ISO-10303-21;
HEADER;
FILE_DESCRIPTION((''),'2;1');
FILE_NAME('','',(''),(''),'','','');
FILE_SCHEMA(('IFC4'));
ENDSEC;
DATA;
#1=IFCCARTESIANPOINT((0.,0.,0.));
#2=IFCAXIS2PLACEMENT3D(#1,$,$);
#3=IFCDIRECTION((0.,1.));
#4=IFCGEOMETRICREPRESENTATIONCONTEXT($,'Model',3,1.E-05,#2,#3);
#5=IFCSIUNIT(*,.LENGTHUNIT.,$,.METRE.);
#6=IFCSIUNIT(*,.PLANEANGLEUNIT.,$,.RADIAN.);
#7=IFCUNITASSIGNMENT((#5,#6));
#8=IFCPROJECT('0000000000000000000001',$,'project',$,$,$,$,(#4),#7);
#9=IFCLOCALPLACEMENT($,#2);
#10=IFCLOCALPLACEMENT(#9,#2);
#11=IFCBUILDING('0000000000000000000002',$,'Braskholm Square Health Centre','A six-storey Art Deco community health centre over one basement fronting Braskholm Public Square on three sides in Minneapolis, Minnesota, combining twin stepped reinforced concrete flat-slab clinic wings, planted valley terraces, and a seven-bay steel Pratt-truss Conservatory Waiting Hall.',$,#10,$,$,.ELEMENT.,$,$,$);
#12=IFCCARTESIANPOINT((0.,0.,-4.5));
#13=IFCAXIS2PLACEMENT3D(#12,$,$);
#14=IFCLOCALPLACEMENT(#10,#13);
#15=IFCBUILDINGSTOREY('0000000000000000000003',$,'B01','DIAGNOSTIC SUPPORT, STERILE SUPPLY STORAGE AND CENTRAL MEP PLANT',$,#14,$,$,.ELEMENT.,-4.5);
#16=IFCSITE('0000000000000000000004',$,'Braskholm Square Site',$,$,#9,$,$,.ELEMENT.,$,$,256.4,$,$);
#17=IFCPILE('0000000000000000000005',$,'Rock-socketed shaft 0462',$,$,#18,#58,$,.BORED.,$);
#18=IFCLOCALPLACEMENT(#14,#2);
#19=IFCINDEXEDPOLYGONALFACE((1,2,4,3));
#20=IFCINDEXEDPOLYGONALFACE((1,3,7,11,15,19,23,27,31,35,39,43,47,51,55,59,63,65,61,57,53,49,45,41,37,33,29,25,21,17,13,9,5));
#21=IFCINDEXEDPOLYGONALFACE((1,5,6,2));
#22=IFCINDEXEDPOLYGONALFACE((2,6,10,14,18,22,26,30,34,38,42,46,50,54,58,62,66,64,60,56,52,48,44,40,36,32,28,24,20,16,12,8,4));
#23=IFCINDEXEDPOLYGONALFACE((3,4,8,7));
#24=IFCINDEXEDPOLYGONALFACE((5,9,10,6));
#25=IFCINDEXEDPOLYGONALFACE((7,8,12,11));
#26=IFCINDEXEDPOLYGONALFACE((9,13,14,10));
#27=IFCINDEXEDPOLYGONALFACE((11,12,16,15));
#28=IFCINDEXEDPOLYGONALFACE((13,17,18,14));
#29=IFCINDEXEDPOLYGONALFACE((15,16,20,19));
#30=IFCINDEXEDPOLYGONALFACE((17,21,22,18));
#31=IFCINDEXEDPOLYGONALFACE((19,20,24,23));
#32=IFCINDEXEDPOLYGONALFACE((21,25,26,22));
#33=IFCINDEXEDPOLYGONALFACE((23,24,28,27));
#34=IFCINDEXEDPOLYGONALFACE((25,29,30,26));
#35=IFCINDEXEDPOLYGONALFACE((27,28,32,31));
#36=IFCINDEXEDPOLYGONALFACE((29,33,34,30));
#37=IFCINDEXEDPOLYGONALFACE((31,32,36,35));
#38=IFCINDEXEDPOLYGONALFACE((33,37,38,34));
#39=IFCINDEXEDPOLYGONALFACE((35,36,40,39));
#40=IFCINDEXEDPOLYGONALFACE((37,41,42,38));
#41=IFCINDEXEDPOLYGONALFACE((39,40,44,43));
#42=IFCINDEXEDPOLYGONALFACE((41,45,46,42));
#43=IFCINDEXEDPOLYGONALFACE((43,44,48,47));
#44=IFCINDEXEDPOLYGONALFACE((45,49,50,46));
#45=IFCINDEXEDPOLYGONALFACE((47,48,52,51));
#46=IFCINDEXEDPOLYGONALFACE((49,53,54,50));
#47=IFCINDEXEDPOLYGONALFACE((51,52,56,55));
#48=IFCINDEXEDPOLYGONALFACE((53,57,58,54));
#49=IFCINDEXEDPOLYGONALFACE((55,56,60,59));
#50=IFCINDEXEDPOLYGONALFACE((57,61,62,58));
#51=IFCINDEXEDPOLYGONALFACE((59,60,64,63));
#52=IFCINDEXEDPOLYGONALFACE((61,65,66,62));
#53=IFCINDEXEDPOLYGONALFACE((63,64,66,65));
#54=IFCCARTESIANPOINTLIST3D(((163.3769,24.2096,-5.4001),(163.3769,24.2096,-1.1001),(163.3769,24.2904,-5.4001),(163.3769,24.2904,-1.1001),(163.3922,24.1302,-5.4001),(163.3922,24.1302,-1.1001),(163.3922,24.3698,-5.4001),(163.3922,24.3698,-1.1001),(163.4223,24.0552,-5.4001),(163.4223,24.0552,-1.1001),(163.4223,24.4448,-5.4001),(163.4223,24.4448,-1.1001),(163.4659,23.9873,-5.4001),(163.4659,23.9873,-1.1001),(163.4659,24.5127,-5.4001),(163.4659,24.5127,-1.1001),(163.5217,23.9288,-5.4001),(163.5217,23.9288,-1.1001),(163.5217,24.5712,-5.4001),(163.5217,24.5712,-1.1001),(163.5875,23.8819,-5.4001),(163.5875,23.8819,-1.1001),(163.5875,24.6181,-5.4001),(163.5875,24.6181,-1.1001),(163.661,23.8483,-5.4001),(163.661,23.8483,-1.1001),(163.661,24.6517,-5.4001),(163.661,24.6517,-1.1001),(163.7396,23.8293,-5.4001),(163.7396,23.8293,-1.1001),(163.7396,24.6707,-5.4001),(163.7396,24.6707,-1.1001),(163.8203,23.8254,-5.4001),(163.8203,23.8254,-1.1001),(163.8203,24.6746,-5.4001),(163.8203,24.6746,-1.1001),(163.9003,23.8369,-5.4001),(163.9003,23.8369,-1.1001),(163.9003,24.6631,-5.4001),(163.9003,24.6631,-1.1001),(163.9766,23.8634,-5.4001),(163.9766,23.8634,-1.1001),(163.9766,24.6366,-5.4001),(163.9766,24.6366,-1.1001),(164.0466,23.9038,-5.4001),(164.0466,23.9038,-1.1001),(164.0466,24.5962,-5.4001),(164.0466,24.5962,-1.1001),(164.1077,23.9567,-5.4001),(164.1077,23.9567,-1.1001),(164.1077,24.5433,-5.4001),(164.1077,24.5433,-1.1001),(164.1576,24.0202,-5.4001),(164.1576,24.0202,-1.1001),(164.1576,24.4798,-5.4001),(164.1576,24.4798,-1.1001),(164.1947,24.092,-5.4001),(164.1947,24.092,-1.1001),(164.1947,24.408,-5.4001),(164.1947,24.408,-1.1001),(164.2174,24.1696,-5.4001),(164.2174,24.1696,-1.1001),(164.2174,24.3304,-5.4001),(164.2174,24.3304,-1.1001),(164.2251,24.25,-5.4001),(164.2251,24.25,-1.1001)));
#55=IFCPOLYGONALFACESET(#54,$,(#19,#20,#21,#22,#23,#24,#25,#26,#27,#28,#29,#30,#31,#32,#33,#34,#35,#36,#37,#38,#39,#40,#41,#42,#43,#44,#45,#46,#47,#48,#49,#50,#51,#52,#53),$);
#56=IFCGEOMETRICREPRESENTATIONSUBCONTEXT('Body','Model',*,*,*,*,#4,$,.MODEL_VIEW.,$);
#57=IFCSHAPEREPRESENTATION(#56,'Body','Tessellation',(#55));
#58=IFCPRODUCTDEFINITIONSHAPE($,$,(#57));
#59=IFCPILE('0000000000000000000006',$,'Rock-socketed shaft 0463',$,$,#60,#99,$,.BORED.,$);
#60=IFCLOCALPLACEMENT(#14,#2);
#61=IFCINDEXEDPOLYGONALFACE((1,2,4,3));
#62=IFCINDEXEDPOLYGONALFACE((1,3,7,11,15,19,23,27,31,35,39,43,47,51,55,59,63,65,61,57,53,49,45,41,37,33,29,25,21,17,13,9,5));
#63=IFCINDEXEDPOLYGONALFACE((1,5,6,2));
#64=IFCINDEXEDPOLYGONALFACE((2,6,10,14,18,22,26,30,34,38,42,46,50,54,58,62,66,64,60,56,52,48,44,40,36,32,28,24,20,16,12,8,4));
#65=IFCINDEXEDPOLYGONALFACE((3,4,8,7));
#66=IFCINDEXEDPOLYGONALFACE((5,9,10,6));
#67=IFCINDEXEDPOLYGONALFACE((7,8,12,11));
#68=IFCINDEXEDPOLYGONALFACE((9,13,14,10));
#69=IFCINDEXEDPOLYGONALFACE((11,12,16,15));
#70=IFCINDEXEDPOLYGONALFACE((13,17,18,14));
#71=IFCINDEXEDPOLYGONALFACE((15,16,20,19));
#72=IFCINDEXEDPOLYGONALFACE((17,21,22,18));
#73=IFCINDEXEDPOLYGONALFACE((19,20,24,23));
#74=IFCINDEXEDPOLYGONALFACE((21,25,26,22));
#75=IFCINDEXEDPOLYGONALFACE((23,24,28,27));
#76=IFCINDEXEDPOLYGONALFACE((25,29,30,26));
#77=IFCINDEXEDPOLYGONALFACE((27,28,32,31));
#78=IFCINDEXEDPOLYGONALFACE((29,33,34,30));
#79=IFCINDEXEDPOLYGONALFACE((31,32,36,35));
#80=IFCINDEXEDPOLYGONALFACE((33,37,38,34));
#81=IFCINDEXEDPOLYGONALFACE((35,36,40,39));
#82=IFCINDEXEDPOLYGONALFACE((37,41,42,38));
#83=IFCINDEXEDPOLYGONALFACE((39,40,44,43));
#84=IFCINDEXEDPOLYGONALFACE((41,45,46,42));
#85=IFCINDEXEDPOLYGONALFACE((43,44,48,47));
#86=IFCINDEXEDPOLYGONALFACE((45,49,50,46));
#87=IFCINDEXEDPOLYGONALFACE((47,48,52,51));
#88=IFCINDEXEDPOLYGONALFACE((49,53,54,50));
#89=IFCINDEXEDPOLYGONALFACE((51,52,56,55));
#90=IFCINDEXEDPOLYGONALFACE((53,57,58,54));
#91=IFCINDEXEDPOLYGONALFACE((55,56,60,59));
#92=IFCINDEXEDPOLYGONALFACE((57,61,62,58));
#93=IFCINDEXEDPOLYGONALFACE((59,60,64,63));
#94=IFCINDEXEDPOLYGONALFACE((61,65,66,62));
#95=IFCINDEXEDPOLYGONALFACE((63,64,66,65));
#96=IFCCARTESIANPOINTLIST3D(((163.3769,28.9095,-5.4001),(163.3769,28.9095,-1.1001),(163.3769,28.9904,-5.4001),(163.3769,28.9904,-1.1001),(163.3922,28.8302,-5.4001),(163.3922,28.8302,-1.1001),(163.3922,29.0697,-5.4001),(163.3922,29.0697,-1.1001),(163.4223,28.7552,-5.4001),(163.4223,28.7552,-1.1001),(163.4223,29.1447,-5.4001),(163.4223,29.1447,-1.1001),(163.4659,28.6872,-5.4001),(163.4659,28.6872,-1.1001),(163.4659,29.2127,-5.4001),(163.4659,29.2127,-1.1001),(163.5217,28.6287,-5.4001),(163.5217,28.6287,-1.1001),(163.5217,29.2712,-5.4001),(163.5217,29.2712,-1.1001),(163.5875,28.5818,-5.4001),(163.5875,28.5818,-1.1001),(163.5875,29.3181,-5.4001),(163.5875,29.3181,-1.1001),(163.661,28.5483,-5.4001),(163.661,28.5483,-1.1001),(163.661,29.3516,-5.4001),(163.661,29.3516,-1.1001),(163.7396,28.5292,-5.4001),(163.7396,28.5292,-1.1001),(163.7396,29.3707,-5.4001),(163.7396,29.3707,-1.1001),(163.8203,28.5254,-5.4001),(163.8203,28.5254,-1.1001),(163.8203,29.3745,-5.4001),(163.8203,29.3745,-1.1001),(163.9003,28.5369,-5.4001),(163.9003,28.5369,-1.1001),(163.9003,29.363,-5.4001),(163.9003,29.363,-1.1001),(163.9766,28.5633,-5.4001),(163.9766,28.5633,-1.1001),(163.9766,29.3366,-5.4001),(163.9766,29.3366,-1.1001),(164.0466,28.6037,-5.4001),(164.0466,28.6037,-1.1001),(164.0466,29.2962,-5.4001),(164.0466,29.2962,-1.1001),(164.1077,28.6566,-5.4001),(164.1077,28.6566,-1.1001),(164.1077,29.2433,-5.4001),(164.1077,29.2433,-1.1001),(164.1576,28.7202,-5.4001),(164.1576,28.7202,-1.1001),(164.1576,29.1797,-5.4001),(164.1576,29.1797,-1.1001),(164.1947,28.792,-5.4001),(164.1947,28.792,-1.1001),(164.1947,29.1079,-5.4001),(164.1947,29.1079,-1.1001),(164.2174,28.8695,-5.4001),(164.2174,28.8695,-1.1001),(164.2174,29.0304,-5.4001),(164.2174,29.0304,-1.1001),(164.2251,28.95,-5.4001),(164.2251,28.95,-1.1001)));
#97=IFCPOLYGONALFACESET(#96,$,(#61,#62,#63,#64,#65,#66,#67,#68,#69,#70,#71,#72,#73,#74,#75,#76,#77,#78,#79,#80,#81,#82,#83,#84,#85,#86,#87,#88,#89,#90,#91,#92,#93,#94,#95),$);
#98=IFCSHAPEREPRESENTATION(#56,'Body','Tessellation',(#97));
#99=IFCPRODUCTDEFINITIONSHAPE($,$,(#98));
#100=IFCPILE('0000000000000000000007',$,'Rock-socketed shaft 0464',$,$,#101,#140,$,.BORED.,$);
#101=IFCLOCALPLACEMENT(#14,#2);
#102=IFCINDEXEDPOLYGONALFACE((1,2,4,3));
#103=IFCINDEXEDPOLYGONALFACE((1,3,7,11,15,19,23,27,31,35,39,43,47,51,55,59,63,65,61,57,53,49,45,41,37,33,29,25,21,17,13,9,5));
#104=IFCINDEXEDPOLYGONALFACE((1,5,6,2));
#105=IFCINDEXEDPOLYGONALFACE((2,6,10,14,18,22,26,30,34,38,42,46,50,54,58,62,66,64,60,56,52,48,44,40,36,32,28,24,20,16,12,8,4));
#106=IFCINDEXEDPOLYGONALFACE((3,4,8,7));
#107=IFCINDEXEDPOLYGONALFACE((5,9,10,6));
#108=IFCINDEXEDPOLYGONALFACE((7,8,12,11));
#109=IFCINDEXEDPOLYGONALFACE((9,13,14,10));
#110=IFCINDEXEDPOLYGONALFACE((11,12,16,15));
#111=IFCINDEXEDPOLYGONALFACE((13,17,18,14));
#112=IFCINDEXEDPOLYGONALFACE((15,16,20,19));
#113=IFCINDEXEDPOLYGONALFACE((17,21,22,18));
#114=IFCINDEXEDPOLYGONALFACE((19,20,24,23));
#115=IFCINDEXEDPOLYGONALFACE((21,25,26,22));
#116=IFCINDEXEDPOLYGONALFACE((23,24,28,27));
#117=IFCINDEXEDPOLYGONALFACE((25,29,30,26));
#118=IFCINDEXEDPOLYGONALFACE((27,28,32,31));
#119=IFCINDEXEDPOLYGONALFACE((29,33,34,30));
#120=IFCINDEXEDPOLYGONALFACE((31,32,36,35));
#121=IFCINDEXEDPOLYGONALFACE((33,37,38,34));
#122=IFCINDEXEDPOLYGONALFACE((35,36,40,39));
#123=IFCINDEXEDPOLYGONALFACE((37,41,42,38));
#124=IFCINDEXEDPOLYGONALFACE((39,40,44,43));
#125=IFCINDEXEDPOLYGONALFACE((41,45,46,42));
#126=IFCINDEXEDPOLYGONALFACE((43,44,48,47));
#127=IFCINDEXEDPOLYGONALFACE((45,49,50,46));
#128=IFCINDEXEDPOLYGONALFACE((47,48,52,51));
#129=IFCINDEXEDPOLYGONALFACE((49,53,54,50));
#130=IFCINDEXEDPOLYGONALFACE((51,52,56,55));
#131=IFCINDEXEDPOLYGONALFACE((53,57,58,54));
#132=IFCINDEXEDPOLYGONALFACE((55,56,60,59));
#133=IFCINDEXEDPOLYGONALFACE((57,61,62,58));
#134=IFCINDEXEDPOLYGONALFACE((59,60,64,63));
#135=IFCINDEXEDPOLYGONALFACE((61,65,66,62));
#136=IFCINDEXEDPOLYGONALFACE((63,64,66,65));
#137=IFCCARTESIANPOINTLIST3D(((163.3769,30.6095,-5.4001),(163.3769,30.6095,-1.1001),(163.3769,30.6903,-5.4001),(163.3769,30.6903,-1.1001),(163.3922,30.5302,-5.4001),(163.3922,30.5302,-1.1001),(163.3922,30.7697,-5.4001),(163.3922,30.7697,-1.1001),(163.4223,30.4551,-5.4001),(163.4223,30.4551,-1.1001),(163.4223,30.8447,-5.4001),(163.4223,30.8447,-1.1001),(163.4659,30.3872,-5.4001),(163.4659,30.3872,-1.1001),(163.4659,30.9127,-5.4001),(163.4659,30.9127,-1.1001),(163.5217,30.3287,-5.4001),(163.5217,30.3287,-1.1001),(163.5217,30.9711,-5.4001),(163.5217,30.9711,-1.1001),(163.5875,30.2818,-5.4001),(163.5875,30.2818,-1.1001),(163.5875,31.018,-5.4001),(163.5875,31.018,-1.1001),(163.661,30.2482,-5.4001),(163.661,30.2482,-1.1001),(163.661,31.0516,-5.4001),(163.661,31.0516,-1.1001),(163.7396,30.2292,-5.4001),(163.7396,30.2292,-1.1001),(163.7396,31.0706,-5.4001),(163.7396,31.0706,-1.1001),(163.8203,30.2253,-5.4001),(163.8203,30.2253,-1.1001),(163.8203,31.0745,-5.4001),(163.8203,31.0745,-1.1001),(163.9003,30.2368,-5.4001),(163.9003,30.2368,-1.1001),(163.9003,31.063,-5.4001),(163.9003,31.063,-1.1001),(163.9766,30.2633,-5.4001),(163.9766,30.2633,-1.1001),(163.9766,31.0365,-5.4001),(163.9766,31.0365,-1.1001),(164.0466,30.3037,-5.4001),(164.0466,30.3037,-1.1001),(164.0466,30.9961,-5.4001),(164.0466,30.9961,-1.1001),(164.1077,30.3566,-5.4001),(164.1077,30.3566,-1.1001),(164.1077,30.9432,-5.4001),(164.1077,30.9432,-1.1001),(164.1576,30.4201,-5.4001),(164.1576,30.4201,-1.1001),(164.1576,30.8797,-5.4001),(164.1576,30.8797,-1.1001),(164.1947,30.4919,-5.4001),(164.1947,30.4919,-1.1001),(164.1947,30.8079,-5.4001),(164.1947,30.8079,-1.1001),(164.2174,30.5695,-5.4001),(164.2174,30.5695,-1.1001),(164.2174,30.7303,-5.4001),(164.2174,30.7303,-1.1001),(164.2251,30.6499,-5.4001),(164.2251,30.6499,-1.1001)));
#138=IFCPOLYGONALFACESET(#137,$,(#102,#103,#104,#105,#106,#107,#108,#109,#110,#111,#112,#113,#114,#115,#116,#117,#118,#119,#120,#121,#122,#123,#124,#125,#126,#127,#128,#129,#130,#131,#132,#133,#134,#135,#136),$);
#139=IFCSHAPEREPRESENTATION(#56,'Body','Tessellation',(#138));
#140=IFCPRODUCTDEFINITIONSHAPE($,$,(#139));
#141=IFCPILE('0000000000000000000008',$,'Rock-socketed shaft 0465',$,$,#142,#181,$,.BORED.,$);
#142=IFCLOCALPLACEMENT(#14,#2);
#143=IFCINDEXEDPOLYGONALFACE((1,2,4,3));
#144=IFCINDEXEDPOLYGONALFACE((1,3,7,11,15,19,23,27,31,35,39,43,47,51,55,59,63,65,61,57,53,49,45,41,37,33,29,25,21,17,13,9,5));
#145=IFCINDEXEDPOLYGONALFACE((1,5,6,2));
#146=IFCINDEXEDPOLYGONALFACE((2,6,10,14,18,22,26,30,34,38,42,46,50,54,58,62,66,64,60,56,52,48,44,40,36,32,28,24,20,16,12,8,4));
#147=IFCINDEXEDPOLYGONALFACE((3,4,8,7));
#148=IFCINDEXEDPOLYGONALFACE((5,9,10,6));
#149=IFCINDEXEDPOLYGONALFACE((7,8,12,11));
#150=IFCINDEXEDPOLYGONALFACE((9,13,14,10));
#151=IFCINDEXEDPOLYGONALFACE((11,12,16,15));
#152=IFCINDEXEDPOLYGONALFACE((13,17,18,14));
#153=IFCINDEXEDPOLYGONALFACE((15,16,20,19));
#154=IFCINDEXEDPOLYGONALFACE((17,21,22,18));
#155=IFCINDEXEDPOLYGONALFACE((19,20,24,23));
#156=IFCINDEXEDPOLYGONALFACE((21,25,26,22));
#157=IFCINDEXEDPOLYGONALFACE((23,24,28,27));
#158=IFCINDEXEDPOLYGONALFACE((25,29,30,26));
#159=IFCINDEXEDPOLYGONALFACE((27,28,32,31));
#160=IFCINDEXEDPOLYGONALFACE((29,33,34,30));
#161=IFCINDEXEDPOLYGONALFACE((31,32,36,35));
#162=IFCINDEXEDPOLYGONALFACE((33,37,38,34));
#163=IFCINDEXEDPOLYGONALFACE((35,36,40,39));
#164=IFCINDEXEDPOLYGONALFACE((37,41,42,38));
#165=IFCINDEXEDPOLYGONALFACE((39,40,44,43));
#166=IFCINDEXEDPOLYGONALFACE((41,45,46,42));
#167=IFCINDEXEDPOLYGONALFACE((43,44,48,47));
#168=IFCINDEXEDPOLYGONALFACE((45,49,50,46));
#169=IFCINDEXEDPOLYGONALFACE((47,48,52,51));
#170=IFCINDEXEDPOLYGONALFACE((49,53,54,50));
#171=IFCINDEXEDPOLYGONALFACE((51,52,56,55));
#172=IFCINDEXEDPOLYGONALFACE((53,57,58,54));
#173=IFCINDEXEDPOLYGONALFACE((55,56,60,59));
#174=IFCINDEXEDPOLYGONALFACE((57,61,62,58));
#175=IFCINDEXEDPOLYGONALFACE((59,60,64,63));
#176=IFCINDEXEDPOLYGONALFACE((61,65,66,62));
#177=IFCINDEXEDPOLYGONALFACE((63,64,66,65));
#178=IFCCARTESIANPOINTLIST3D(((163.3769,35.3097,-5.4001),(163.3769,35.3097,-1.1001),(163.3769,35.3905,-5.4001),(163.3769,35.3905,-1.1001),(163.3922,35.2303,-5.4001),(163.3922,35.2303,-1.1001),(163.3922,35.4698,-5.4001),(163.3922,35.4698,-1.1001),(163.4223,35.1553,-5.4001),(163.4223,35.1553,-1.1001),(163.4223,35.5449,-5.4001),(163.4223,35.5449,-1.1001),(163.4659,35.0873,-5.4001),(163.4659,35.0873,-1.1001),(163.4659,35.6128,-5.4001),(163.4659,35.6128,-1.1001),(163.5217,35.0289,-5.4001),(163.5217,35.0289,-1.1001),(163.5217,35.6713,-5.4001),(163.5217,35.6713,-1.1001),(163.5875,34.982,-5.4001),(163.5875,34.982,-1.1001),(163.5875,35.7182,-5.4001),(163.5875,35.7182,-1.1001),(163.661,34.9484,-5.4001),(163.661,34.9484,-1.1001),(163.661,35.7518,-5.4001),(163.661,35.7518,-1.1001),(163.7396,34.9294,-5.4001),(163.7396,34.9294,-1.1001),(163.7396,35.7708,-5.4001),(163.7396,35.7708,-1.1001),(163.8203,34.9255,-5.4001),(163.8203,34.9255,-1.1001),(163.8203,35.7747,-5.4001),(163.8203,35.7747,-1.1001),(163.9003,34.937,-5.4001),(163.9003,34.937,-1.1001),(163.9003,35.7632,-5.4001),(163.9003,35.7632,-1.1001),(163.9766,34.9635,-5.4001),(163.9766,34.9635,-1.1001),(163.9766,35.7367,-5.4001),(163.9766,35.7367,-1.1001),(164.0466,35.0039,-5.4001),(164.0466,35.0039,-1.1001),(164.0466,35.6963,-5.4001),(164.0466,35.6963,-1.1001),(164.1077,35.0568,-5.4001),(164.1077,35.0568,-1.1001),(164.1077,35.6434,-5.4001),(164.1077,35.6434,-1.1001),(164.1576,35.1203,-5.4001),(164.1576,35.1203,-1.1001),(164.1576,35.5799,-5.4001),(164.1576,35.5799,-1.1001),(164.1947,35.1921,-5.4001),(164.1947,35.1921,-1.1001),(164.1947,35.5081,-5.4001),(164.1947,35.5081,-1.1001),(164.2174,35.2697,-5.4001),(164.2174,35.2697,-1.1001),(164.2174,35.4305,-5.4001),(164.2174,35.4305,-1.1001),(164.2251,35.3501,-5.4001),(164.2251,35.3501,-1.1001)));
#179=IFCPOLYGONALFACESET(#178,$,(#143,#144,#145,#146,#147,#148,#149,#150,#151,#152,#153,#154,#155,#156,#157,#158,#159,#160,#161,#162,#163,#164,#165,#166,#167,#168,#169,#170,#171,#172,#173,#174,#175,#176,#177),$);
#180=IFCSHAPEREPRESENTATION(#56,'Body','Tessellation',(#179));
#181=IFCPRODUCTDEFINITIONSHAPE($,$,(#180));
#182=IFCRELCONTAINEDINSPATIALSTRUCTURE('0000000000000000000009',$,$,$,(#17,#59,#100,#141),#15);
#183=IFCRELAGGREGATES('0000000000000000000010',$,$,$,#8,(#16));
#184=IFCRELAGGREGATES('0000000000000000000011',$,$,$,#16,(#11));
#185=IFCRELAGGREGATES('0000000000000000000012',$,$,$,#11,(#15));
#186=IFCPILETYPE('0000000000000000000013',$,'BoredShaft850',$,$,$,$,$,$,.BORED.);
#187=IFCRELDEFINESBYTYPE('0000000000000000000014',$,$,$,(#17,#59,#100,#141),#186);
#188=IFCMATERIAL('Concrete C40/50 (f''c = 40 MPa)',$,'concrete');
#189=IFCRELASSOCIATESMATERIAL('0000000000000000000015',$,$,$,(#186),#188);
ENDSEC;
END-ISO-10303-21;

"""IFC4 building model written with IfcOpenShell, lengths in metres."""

from ifc_helpers import new_model, si_unit, direction, frame, origin, origin_2d, place, context, subcontext, project, spatial, circle, extrude, material, material_profile, profile_set, type_object, element, save


model = new_model("IFC4")

# Units and contexts
model_context = context("Model", 3, precision=1e-05, world=origin(), true_north=direction((0.0, 1.0)))
body_context = subcontext(model_context, "Body", "Model", "MODEL_VIEW")
ifc_project = project(units=[si_unit("LENGTHUNIT", "METRE"), si_unit("PLANEANGLEUNIT", "RADIAN")], contexts=[model_context])

# Site, building, storey
site_placement = place(None, origin())
site = spatial("IfcSite", under=ifc_project, at=site_placement, Name="Braskholm Square Site", CompositionType="ELEMENT", RefElevation=256.4)
building_placement = place(site_placement, origin())
building = spatial("IfcBuilding", under=site, at=building_placement, Name="Braskholm Square Health Centre", Description="A six-storey Art Deco community health centre over one basement fronting Braskholm Public Square on three sides in Minneapolis, Minnesota, combining twin stepped reinforced concrete flat-slab clinic wings, planted valley terraces, and a seven-bay steel Pratt-truss Conservatory Waiting Hall.", CompositionType="ELEMENT")
storey_placement = place(building_placement, frame((0.0, 0.0, -4.5)))
storey = spatial("IfcBuildingStorey", under=building, at=storey_placement, Name="B01", Description="DIAGNOSTIC SUPPORT, STERILE SUPPLY STORAGE AND CENTRAL MEP PLANT", CompositionType="ELEMENT", Elevation=-4.5)

# Piles
ifc_material_1 = material(Name="Concrete C40/50 (f'c = 40 MPa)", Category="concrete")
ifc_material_profile_1 = material_profile(ifc_material_1, circle(Radius=0.425, at=origin_2d()), Name="BORED-PILE-850")
ifc_profile_set_1 = profile_set([ifc_material_profile_1], Name="Concrete C40/50 (f'c = 40 MPa)")
pile_type_1 = type_object("IfcPileType", Name="BoredShaft850", PredefinedType="BORED", material=ifc_profile_set_1)
for number, where, z_axis, x_axis, name in (
    (1, (163.8, 24.25, -1.1001), (0.0, 0.0, -1.0), (1.0, 0.0, 0.0), "Rock-socketed shaft 0462"),
    (2, (163.8, 28.95, -1.1001), (0.0, 0.0, -1.0), (1.0, 0.0, 0.0), "Rock-socketed shaft 0463"),
    (3, (163.8, 30.6499, -1.1001), (0.0, 0.0, -1.0), (1.0, 0.0, 0.0), "Rock-socketed shaft 0464"),
    (4, (163.8, 35.3501, -1.1001), (0.0, 0.0, -1.0), (1.0, 0.0, 0.0), "Rock-socketed shaft 0465"),
):
    element("IfcPile", number, at=place(storey_placement, frame(where, z_axis=z_axis, x_axis=x_axis)), inside=storey, type_object=pile_type_1, Name=name, PredefinedType="BORED", context=body_context, shape_type="SweptSolid", body=[
        extrude(circle(Radius=0.425, at=origin_2d()), origin(), (0.0, 0.0, 1.0), 4.3),
    ])

save(model, "model.ifc")
